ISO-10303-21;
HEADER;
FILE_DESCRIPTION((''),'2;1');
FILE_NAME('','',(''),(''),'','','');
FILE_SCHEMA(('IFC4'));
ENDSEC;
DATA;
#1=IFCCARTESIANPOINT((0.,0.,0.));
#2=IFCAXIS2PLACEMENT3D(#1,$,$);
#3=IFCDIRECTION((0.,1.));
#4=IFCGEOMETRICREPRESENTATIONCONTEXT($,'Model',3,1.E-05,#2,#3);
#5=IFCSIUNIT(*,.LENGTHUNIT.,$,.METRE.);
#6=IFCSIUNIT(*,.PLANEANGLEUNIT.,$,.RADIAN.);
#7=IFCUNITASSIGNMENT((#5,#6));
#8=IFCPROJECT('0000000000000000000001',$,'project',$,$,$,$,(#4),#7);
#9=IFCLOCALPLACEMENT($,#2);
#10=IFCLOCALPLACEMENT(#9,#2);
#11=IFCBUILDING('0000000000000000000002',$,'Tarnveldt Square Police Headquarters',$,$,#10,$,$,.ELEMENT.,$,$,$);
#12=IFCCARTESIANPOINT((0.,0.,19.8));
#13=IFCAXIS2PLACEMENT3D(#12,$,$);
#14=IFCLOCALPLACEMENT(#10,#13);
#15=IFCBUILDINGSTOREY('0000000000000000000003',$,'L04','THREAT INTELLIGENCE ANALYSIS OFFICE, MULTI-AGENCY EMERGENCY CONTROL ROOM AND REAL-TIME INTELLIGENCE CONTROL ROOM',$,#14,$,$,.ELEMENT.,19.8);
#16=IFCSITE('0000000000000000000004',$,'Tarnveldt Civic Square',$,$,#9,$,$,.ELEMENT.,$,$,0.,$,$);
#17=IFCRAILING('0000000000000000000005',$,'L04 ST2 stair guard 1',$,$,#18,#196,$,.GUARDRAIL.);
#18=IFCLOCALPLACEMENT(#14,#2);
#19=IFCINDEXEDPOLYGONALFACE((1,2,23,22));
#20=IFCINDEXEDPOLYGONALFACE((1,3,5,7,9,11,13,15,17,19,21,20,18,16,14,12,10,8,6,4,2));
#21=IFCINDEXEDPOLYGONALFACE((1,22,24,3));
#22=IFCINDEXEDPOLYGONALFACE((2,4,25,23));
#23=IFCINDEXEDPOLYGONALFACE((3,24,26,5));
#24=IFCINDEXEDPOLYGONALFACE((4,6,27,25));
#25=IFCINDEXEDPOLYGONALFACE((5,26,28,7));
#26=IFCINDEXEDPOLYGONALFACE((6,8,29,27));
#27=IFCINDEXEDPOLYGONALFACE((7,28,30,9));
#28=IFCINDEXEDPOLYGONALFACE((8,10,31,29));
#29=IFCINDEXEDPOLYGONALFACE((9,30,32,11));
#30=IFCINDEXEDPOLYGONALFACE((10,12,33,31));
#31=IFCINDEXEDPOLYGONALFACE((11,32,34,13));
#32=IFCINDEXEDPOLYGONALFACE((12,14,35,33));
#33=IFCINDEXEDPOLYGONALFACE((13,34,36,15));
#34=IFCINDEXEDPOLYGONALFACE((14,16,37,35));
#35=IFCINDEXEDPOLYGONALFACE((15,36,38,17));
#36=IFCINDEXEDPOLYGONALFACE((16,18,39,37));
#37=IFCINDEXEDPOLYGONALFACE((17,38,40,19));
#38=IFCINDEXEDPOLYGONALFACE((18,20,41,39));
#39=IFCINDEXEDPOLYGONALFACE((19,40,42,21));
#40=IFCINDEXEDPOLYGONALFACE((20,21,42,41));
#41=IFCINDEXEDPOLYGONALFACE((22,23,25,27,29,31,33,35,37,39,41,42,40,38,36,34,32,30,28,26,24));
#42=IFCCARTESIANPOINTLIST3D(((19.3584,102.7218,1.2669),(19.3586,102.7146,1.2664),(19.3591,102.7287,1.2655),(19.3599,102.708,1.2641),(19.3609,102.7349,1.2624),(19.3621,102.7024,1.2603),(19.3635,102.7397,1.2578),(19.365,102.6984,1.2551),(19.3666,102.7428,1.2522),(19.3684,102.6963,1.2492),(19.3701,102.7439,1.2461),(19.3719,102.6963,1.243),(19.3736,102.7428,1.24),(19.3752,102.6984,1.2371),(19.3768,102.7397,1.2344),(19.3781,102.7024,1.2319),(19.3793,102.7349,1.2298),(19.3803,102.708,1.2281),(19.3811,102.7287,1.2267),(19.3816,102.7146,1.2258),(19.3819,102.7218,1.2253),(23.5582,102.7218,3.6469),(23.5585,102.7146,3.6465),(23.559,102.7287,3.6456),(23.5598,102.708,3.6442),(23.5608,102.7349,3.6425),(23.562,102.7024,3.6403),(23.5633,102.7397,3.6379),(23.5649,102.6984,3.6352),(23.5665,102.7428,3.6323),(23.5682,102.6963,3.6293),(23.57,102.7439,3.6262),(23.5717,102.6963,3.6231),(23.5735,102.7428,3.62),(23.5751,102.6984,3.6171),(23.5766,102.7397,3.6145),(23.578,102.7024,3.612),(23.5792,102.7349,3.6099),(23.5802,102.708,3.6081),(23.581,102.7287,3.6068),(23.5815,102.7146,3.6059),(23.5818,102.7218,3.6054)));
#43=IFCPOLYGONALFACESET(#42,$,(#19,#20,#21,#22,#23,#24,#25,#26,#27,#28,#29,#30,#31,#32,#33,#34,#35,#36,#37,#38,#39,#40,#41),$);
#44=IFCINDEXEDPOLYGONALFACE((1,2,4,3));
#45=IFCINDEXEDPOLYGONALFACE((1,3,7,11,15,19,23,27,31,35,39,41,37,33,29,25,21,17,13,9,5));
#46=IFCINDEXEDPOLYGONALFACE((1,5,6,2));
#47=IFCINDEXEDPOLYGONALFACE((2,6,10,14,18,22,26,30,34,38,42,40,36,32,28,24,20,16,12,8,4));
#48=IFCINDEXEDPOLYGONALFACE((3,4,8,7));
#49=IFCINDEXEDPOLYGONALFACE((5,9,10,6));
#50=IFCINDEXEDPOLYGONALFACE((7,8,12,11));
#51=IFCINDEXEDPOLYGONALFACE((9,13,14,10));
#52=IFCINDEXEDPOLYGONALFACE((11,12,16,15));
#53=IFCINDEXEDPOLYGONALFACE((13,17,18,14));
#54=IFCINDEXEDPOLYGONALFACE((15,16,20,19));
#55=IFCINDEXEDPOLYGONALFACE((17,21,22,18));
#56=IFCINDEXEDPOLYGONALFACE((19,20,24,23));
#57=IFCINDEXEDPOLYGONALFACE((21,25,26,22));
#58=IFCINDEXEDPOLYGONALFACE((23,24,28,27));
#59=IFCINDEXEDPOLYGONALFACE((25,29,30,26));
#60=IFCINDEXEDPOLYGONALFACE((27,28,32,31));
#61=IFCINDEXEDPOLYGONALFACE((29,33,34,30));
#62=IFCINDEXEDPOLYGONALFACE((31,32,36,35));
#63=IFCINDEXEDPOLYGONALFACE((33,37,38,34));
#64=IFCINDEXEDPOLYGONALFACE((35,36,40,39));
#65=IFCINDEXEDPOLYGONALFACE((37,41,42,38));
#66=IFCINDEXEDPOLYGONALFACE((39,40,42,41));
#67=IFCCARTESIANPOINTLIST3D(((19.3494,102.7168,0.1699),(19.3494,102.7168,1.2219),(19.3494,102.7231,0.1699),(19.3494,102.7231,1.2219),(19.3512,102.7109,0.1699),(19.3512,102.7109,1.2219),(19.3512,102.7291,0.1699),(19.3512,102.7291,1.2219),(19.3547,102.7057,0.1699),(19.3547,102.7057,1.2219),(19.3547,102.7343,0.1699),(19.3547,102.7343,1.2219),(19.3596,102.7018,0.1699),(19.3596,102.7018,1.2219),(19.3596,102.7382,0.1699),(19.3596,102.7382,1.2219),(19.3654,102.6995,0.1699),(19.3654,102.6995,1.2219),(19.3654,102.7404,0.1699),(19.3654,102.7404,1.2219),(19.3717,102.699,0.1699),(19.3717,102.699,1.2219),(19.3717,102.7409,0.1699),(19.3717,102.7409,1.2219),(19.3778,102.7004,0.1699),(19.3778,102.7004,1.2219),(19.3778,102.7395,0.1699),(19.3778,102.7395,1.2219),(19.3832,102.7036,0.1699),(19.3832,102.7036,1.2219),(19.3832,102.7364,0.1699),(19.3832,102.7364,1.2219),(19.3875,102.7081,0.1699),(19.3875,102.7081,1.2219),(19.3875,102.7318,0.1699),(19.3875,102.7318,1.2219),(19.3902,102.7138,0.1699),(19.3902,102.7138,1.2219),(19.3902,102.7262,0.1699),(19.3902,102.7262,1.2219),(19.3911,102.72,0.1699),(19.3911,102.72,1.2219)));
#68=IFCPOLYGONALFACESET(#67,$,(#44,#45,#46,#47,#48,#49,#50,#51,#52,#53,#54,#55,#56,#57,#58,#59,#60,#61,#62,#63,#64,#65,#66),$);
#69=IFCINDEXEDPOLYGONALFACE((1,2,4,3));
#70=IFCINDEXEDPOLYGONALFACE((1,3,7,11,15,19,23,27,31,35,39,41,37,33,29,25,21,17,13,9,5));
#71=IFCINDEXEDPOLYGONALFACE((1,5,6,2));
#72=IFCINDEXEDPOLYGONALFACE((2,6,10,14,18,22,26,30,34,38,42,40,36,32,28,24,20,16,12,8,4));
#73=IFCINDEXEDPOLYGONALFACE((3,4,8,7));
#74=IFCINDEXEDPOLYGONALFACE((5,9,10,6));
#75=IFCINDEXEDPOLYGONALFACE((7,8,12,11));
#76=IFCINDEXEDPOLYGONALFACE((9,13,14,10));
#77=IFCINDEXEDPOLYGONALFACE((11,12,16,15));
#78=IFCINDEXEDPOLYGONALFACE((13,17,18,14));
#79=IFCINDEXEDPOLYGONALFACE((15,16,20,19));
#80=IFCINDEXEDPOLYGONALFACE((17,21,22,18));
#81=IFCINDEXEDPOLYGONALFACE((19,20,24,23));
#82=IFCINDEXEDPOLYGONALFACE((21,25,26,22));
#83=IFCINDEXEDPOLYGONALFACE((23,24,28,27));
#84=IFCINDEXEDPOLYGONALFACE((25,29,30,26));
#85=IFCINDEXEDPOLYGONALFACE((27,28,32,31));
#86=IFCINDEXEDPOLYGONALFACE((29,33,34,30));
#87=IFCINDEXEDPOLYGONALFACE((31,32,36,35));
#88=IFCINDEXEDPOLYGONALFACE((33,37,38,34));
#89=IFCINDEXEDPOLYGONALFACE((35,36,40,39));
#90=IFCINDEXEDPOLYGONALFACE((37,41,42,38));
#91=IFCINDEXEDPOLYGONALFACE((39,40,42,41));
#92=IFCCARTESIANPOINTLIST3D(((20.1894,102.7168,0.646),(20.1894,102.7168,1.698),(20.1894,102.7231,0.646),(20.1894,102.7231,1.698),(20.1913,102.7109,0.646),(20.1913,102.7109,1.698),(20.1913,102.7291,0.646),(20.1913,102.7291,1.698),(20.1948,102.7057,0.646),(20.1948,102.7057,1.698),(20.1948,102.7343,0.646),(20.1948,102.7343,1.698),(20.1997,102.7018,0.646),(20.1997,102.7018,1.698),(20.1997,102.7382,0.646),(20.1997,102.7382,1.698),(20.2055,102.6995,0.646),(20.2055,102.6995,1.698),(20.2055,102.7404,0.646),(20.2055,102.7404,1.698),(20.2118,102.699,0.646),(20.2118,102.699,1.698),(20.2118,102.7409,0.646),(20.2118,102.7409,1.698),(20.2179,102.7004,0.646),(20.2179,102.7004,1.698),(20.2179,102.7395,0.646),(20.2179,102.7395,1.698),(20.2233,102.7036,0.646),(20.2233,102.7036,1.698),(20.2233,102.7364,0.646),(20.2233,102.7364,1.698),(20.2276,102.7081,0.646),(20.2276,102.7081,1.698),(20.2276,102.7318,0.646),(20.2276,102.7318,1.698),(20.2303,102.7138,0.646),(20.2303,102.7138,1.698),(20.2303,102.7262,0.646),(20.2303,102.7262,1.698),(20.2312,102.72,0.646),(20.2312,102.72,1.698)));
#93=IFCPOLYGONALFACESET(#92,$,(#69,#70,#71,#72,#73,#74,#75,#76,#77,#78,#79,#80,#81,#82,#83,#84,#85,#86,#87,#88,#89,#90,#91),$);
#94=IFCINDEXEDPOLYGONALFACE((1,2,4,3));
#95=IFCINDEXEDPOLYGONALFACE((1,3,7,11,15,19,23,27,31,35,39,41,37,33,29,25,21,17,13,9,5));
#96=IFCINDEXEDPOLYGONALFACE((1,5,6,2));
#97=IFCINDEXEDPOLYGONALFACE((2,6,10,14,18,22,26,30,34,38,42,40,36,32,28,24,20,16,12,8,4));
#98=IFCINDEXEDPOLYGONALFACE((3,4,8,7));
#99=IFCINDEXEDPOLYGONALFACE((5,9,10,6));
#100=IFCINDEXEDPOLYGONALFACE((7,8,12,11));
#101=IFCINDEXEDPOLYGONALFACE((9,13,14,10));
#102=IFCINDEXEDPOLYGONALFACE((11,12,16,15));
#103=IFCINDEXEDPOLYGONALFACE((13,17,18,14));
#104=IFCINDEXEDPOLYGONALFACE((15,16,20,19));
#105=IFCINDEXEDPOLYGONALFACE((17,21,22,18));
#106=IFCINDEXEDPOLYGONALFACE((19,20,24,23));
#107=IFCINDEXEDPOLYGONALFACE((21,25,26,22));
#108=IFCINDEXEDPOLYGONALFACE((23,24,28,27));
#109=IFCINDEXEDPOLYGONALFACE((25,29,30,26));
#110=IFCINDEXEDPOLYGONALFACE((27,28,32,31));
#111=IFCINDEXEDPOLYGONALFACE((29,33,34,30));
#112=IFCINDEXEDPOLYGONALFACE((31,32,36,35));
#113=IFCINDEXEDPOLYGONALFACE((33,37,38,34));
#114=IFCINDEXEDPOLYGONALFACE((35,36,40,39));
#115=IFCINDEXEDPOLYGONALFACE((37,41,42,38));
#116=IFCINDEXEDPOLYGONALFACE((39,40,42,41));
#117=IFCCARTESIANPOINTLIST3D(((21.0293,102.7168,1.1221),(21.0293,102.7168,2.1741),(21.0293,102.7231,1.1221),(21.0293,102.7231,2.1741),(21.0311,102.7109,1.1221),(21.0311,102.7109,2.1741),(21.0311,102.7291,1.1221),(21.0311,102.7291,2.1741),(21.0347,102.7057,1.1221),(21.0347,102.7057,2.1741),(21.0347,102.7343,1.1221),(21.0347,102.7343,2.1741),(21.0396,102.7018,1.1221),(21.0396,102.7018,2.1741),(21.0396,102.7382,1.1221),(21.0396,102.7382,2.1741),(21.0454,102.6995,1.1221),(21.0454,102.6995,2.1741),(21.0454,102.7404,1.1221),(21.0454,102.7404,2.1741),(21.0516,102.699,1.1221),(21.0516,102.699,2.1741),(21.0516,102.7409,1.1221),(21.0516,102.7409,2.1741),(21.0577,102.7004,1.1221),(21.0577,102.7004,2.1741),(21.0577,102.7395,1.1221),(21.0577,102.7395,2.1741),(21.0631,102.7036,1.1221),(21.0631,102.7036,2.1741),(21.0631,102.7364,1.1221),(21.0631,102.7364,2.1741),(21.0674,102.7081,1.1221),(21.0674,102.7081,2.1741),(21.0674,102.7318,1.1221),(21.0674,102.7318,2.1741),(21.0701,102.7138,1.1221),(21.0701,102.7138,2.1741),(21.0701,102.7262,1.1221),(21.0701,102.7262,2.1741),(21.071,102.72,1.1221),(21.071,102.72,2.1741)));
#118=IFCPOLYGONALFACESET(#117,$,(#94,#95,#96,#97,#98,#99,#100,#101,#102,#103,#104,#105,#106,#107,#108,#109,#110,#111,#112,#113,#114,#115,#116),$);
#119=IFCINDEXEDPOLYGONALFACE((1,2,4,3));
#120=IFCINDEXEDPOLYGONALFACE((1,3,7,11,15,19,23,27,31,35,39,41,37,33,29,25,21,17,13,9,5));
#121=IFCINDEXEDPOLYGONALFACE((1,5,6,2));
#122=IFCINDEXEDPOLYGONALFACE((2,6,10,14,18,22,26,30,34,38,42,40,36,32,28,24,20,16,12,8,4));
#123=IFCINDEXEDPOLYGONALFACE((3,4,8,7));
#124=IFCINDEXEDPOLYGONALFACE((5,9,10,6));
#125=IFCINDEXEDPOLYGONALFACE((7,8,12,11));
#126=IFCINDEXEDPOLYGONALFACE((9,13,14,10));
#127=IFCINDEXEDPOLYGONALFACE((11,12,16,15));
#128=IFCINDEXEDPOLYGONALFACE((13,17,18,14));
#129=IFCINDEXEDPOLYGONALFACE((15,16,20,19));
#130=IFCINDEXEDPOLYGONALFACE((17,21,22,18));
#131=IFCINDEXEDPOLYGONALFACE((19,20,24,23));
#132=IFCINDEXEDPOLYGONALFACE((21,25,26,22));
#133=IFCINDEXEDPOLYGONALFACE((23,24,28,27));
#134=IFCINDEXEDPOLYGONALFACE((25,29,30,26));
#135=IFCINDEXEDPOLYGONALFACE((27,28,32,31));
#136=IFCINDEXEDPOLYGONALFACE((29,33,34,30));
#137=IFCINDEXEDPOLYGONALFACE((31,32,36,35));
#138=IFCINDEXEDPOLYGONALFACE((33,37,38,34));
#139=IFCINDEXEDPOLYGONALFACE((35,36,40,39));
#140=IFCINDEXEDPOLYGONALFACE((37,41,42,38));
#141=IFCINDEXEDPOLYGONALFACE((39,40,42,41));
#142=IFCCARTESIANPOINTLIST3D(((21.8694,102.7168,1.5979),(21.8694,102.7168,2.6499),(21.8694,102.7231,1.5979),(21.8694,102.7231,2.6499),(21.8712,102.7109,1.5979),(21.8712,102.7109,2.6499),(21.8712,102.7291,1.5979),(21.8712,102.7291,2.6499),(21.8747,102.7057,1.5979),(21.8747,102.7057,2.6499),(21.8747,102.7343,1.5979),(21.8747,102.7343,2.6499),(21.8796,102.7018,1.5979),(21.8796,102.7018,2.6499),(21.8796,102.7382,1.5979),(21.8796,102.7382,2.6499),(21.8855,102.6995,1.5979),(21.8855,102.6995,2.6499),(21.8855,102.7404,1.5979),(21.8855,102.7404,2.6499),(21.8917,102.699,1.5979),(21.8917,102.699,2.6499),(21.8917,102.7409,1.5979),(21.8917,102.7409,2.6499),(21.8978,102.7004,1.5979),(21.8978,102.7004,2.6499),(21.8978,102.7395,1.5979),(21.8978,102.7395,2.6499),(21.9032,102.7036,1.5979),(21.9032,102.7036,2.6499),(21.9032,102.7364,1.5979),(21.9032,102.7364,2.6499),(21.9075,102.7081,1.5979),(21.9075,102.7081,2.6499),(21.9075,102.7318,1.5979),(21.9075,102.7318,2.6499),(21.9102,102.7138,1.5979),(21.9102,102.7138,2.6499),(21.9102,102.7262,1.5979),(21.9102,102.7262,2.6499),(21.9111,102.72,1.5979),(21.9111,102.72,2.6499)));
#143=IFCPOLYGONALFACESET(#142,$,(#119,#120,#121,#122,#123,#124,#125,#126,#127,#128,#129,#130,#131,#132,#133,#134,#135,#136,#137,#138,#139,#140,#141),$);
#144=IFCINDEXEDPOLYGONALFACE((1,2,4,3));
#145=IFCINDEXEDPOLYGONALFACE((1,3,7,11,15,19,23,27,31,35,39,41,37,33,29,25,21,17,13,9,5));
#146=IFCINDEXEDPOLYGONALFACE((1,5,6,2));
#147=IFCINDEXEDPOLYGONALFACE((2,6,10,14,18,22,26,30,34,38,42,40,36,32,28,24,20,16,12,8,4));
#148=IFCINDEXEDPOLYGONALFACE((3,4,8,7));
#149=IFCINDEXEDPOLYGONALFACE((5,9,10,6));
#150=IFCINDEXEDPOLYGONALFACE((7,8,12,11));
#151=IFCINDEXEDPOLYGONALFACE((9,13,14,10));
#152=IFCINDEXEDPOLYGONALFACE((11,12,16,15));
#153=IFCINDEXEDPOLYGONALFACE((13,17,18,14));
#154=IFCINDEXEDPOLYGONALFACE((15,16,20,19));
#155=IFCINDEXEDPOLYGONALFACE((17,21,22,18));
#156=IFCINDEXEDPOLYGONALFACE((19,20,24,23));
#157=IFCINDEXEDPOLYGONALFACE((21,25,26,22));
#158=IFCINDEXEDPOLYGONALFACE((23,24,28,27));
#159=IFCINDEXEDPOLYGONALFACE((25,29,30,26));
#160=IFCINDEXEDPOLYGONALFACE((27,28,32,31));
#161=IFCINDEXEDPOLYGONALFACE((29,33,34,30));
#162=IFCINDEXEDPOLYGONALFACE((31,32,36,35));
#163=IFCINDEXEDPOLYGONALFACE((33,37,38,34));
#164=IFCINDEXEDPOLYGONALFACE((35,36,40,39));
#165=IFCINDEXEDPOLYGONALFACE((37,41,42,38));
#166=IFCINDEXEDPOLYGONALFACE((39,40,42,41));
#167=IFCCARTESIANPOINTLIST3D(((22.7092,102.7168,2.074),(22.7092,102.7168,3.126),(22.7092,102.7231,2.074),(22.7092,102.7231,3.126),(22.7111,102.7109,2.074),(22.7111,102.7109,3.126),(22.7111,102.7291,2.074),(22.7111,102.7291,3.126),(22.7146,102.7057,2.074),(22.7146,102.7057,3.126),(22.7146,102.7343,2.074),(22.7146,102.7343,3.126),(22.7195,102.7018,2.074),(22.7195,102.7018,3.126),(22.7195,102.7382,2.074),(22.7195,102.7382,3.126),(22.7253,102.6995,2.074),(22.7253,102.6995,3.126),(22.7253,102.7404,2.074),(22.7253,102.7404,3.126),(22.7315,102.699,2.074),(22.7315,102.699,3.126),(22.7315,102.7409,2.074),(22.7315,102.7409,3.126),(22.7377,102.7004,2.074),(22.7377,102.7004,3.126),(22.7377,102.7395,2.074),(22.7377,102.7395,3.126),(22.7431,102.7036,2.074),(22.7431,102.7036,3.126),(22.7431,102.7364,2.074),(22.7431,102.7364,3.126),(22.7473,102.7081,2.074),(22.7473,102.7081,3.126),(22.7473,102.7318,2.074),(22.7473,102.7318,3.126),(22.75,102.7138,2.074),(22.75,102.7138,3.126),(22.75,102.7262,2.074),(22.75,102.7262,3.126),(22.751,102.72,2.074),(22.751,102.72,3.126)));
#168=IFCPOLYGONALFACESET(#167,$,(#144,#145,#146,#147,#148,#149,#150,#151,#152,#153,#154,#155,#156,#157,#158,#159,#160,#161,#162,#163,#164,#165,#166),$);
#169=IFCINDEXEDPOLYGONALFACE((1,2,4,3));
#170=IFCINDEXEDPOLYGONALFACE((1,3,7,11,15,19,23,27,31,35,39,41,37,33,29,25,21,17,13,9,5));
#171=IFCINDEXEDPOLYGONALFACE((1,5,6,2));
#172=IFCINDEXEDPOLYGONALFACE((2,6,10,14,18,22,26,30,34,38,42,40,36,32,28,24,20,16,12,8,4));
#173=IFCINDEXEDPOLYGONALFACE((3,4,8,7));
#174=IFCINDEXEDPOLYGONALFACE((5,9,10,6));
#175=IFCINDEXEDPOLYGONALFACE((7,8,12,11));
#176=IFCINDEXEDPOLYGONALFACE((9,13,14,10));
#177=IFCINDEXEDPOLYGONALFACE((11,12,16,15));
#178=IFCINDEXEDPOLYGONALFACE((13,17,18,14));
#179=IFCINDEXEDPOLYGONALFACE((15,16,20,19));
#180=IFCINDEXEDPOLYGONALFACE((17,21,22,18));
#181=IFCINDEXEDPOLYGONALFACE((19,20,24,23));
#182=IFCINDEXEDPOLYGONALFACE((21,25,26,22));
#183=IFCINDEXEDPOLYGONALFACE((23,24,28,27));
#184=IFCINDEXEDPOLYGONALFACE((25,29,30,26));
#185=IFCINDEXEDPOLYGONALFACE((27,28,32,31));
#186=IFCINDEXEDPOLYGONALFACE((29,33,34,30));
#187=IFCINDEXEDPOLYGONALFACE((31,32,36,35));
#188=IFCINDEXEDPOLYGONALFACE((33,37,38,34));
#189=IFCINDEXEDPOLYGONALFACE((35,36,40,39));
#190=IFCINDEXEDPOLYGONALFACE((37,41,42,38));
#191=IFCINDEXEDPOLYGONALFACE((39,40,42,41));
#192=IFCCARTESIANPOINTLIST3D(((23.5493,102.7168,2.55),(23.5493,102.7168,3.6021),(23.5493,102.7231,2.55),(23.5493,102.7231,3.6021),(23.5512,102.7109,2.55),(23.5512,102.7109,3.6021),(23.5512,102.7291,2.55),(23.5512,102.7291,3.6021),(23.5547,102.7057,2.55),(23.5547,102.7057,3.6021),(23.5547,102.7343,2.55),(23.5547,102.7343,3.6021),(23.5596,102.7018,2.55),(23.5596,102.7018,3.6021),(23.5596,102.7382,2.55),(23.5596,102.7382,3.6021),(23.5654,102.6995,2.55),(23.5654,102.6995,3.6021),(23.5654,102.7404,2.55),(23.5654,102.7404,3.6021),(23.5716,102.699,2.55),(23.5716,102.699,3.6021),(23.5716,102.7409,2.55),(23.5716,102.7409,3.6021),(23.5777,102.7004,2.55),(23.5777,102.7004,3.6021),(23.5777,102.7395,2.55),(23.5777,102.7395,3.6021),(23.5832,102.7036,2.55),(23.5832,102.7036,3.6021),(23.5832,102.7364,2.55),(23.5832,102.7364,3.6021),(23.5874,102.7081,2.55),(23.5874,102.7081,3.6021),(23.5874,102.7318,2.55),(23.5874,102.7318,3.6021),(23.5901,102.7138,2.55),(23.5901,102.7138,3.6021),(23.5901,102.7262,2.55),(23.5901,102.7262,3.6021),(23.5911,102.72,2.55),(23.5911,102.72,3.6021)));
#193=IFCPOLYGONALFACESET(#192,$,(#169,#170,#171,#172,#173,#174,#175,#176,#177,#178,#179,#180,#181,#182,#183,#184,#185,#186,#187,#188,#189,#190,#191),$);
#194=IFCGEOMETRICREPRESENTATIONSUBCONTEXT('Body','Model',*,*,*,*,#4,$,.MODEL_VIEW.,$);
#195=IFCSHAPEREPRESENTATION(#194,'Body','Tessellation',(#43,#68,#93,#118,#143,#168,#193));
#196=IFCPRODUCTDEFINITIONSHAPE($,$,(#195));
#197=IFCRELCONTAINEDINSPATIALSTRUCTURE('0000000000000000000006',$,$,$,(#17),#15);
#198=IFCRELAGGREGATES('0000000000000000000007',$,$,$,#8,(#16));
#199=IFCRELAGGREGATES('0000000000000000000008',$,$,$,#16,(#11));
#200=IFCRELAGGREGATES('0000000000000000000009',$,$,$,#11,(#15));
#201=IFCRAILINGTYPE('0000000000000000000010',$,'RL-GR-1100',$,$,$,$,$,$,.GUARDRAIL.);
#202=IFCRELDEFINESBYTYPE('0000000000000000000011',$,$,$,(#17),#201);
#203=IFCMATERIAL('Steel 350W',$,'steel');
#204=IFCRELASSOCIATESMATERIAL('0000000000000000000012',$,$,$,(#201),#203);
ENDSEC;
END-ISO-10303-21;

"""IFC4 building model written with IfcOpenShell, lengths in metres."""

from ifc_helpers import new_model, si_unit, direction, frame, origin, origin_2d, place, context, subcontext, project, spatial, circle, extrude, material, type_object, element, save


model = new_model("IFC4")

# Units and contexts
model_context = context("Model", 3, precision=1e-05, world=origin(), true_north=direction((0.0, 1.0)))
body_context = subcontext(model_context, "Body", "Model", "MODEL_VIEW")
ifc_project = project(units=[si_unit("LENGTHUNIT", "METRE"), si_unit("PLANEANGLEUNIT", "RADIAN")], contexts=[model_context])

# Site, building, storey
site_placement = place(None, origin())
site = spatial("IfcSite", under=ifc_project, at=site_placement, Name="Tarnveldt Civic Square", CompositionType="ELEMENT", RefElevation=0.0)
building_placement = place(site_placement, origin())
building = spatial("IfcBuilding", under=site, at=building_placement, Name="Tarnveldt Square Police Headquarters", CompositionType="ELEMENT")
storey_placement = place(building_placement, frame((0.0, 0.0, 19.8)))
storey = spatial("IfcBuildingStorey", under=building, at=storey_placement, Name="L04", Description="THREAT INTELLIGENCE ANALYSIS OFFICE, MULTI-AGENCY EMERGENCY CONTROL ROOM AND REAL-TIME INTELLIGENCE CONTROL ROOM", CompositionType="ELEMENT", Elevation=19.8)

# Shared definitions
ifc_material_1 = material(Name="Steel 350W", Category="steel")

# Railing
railing_type_1 = type_object("IfcRailingType", Name="RL-GR-1100", PredefinedType="GUARDRAIL", material=ifc_material_1)
railing_1_placement = place(storey_placement, frame((19.3701, 102.72, 0.1699)))
element("IfcRailing", 1, at=railing_1_placement, inside=storey, type_object=railing_type_1, Name="L04 ST2 stair guard 1", PredefinedType="GUARDRAIL", context=body_context, shape_type="SweptSolid", body=[
    extrude(circle(Radius=0.0239, at=origin_2d()), frame((0.0, 0.0, 1.0762), z_axis=(0.870008, 0.0, 0.493037), x_axis=(0.0, 1.0, 0.0)), (0.0, 0.0, 1.0), 4.8274),
    extrude(circle(Radius=0.021, at=origin_2d()), origin(), (0.0, 0.0, 1.0), 1.052),
    extrude(circle(Radius=0.021, at=origin_2d()), frame((0.8401, 0.0, 0.4761)), (0.0, 0.0, 1.0), 1.052),
    extrude(circle(Radius=0.021, at=origin_2d()), frame((1.6799, 0.0, 0.9521)), (0.0, 0.0, 1.0), 1.052),
    extrude(circle(Radius=0.021, at=origin_2d()), frame((2.52, 0.0, 1.428)), (0.0, 0.0, 1.0), 1.052),
    extrude(circle(Radius=0.021, at=origin_2d()), frame((3.3599, 0.0, 1.9041)), (0.0, 0.0, 1.0), 1.052),
    extrude(circle(Radius=0.021, at=origin_2d()), frame((4.2, 0.0, 2.3801)), (0.0, 0.0, 1.0), 1.052),
])

save(model, "model.ifc")
